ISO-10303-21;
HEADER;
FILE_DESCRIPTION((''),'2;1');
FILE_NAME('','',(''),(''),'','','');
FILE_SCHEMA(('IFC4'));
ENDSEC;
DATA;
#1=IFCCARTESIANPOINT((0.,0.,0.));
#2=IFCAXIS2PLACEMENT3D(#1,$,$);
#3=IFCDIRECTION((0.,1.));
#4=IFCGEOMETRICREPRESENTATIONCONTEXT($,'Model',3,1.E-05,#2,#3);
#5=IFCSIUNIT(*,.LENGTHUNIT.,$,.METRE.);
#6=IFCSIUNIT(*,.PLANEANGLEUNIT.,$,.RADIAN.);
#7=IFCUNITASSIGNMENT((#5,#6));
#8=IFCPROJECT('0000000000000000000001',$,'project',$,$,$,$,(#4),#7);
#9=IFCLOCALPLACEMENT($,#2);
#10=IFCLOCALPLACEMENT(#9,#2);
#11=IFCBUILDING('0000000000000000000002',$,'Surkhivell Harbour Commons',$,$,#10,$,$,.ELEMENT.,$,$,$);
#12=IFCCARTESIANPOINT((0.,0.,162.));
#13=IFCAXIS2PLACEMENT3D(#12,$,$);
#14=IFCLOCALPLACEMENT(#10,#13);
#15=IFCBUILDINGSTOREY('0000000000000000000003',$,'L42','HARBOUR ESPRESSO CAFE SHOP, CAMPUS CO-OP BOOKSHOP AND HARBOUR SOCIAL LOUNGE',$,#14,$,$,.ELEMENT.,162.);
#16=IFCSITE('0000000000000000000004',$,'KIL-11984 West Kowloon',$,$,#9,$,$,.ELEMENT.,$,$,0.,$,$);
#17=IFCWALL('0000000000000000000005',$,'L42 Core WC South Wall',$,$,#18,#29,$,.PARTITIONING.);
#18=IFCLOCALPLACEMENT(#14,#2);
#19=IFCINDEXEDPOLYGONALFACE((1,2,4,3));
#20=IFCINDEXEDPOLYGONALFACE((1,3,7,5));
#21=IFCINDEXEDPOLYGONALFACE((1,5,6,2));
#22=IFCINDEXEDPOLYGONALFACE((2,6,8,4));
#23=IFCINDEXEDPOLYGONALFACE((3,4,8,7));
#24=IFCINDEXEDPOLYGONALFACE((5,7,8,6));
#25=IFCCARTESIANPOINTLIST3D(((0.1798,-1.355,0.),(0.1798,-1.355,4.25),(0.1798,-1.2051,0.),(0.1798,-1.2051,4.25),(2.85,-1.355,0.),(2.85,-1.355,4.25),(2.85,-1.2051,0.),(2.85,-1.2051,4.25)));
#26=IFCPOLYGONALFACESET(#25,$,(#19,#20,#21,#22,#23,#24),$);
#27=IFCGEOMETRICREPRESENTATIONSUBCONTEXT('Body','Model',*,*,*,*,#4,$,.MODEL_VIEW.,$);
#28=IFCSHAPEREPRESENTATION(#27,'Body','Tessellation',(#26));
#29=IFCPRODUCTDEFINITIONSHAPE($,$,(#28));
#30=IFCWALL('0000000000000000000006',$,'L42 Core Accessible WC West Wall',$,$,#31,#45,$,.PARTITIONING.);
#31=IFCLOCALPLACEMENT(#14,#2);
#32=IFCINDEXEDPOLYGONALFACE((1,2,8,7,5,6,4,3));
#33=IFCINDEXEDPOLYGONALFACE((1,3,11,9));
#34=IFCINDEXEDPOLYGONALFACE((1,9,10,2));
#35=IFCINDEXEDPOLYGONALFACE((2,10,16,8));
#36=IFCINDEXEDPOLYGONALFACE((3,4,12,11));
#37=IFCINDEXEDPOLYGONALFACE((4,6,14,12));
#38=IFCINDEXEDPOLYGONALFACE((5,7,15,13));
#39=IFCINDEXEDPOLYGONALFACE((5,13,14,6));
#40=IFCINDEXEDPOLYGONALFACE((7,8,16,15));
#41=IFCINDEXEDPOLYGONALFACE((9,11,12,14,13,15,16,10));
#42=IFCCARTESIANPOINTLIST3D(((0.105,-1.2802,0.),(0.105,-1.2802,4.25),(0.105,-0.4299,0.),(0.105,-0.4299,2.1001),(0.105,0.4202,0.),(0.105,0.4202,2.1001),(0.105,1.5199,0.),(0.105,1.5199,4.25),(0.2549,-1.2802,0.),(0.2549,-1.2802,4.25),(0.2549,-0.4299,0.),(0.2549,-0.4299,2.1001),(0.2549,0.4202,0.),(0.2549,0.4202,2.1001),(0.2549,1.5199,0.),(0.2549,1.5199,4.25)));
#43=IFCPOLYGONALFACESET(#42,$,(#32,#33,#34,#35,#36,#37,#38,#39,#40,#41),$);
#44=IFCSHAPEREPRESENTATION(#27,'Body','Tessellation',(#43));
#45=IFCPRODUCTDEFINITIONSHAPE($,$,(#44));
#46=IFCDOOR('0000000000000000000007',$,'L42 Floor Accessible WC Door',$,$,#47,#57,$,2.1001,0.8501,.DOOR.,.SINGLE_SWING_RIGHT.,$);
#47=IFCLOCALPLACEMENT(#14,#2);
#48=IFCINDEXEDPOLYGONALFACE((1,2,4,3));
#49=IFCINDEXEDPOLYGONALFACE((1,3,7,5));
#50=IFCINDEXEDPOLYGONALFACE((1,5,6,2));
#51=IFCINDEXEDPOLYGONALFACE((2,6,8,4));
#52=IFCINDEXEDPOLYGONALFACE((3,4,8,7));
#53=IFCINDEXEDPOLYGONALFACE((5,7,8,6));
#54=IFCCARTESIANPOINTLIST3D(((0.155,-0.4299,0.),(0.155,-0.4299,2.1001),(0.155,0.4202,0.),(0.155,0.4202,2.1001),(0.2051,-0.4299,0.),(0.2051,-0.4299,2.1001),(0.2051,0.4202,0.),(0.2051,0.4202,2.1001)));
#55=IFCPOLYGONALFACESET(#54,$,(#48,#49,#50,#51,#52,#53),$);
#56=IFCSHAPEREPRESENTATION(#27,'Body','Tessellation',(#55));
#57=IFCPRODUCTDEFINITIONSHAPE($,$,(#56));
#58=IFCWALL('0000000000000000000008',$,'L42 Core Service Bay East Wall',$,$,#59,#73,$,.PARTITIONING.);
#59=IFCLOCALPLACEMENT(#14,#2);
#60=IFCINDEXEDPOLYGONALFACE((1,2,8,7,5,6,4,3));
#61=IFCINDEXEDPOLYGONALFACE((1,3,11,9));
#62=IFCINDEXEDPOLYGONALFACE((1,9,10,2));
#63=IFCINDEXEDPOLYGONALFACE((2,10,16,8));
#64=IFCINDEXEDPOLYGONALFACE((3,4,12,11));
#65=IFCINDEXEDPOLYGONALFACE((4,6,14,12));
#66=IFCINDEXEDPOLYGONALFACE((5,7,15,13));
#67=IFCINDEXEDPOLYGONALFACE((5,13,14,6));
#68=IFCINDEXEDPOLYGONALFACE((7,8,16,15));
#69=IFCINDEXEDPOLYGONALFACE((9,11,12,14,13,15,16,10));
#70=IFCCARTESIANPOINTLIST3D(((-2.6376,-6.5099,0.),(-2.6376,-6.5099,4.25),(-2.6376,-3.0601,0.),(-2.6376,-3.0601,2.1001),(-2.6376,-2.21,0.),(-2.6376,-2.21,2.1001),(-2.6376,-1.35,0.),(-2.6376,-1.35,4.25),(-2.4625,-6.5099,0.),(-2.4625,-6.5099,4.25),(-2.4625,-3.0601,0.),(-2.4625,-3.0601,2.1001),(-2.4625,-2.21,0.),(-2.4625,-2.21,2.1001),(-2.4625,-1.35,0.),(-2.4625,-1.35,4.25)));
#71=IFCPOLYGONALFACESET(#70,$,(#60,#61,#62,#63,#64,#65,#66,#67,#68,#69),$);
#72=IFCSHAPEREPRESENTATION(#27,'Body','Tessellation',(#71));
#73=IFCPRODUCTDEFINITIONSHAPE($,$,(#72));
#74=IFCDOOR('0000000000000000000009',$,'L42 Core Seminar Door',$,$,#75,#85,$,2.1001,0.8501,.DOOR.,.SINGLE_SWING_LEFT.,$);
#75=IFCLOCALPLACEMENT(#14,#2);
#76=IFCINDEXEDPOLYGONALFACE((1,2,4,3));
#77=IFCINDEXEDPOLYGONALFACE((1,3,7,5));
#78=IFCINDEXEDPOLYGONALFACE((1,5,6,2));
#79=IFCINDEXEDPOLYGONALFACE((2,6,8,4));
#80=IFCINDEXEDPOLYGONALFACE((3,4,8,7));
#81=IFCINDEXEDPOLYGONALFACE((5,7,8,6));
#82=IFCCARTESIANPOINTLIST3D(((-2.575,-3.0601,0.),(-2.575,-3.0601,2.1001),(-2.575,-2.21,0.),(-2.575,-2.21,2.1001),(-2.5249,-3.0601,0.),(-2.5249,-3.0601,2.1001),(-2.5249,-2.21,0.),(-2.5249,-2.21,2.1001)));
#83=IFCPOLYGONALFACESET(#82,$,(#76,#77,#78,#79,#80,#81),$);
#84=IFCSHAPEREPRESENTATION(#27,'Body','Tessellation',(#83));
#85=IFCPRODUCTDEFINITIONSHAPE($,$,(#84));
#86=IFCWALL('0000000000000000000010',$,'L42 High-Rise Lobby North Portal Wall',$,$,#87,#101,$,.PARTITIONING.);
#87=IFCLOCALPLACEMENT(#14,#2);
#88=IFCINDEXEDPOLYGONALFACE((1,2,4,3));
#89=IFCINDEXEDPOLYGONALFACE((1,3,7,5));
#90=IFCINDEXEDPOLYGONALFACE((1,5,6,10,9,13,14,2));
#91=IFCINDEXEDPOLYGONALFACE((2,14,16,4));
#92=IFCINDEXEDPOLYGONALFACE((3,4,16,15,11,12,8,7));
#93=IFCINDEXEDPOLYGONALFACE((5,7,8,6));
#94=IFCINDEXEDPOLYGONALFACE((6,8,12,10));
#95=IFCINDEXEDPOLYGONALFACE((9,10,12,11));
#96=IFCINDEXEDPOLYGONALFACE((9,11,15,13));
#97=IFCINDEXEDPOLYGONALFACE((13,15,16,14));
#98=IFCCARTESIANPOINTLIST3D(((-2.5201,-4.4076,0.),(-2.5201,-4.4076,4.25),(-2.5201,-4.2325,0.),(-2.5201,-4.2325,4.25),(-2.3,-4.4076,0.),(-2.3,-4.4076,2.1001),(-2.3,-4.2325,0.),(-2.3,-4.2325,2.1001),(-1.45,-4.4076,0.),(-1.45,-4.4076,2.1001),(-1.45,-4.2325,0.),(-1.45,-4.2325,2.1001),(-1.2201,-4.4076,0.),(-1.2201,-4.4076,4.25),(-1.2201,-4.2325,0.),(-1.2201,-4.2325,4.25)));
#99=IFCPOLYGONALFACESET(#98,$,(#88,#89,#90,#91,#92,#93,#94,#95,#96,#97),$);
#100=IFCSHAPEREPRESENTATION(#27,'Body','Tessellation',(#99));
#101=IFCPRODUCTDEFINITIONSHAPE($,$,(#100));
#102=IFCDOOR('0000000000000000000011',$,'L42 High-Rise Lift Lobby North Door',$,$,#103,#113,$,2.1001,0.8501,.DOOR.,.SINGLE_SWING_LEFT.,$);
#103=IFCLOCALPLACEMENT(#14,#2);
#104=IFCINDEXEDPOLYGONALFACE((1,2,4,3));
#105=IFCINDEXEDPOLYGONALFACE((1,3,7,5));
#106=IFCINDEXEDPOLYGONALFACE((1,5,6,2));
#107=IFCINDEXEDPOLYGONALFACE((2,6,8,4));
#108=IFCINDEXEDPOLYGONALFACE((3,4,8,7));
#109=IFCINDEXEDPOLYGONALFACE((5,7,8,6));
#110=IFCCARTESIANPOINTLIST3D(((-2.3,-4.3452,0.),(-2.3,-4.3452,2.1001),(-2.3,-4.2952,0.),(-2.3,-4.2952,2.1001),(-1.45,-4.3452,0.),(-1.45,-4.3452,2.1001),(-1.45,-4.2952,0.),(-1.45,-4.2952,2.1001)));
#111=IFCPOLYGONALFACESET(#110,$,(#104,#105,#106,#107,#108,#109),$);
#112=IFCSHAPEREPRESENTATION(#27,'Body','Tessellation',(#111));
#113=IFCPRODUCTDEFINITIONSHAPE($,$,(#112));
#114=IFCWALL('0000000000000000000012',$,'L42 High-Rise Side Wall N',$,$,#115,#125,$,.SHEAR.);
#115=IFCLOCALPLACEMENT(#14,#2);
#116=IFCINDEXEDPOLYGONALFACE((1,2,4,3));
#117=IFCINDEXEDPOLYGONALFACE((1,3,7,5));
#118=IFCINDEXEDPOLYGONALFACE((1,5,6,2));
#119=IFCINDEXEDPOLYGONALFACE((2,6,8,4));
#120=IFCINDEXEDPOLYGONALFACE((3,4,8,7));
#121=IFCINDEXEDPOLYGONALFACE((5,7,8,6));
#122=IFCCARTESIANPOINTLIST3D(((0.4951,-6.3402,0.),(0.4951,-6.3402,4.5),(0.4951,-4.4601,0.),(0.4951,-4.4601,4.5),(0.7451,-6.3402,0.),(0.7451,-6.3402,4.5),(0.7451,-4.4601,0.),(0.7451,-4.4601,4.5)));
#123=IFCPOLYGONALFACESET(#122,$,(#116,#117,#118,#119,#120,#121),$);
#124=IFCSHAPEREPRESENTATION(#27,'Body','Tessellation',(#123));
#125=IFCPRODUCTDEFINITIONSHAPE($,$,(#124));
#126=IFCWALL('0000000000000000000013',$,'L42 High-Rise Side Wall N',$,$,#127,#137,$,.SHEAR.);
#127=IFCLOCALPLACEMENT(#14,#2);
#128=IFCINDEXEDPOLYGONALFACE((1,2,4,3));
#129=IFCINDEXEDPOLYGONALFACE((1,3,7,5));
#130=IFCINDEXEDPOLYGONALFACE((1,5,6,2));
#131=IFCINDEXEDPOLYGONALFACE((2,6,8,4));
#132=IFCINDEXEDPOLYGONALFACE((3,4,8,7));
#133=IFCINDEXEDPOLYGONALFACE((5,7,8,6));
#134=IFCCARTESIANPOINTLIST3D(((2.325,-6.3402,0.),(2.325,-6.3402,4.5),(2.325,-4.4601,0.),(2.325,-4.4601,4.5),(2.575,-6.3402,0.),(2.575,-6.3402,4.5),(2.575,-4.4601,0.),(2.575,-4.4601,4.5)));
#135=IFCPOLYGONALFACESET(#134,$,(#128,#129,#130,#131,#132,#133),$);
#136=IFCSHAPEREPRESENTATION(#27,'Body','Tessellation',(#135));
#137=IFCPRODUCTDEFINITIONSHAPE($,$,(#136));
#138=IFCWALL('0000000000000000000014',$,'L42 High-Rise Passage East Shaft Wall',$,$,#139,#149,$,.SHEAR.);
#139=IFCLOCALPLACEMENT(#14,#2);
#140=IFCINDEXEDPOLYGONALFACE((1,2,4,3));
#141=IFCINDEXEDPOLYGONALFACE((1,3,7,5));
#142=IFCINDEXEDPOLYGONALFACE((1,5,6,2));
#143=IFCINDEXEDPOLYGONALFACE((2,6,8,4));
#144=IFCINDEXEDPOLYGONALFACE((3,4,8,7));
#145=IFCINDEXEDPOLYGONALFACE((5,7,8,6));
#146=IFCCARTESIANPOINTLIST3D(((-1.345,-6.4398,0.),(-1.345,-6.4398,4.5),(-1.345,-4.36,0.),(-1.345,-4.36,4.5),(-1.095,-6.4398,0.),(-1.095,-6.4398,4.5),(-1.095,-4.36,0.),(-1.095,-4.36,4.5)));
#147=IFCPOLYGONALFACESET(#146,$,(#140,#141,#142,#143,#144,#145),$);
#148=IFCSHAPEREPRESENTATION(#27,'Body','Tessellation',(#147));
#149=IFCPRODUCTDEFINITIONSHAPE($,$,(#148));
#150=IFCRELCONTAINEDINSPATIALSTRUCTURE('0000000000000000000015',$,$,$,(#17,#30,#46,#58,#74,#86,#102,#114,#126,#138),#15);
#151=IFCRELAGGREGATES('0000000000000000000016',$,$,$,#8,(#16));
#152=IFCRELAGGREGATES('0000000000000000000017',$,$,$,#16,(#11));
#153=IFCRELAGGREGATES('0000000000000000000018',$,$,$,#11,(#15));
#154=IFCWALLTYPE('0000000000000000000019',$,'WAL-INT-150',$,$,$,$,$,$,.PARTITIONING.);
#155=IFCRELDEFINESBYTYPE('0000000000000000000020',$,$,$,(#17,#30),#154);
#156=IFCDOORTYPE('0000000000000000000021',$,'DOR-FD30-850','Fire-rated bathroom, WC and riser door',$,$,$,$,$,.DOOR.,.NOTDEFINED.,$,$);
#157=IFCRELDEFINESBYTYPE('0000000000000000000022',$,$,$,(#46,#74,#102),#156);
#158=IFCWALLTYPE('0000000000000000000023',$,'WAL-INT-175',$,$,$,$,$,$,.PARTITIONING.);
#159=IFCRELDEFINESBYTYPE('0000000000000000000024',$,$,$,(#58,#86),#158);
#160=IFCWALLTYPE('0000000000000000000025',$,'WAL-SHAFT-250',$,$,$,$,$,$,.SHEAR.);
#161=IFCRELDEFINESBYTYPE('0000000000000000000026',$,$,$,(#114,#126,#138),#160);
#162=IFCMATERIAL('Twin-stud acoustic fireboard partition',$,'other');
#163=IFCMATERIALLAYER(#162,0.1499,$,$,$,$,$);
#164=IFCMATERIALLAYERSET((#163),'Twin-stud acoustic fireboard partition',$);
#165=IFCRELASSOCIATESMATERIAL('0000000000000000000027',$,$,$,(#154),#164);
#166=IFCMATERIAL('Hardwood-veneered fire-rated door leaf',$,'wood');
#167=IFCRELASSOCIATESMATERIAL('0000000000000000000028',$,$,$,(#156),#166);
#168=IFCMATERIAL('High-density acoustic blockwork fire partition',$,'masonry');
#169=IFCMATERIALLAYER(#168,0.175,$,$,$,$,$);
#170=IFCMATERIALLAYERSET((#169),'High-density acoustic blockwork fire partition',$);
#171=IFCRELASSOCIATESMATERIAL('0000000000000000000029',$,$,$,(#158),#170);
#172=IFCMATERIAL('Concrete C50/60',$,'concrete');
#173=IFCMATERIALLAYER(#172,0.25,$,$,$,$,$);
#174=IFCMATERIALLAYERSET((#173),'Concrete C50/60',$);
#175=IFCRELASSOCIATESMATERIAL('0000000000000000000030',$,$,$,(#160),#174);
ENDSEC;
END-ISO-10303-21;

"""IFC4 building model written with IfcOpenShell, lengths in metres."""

from ifc_helpers import new_model, si_unit, direction, frame, frame_2d, origin, place, context, subcontext, project, spatial, rectangle, extrude, material, layer, layer_set, type_object, element, fill, save


model = new_model("IFC4")

# Units and contexts
model_context = context("Model", 3, precision=1e-05, world=origin(), true_north=direction((0.0, 1.0)))
body_context = subcontext(model_context, "Body", "Model", "MODEL_VIEW")
ifc_project = project(units=[si_unit("LENGTHUNIT", "METRE"), si_unit("PLANEANGLEUNIT", "RADIAN")], contexts=[model_context])

# Site, building, storey
site_placement = place(None, origin())
site = spatial("IfcSite", under=ifc_project, at=site_placement, Name="KIL-11984 West Kowloon", CompositionType="ELEMENT", RefElevation=0.0)
building_placement = place(site_placement, origin())
building = spatial("IfcBuilding", under=site, at=building_placement, Name="Surkhivell Harbour Commons", CompositionType="ELEMENT")
storey_placement = place(building_placement, frame((0.0, 0.0, 162.0)))
storey = spatial("IfcBuildingStorey", under=building, at=storey_placement, Name="L42", Description="HARBOUR ESPRESSO CAFE SHOP, CAMPUS CO-OP BOOKSHOP AND HARBOUR SOCIAL LOUNGE", CompositionType="ELEMENT", Elevation=162.0)

# Shared definitions
ifc_material_1 = material(Name="Concrete C50/60", Category="concrete")

# Wall
ifc_material_2 = material(Name="Twin-stud acoustic fireboard partition", Category="other")
ifc_layer_1 = layer(ifc_material_2, 0.1499)
ifc_layer_set_1 = layer_set([ifc_layer_1], Name="Twin-stud acoustic fireboard partition")
wall_type_1 = type_object("IfcWallType", Name="WAL-INT-150", PredefinedType="PARTITIONING", material=ifc_layer_set_1)
wall_1_placement = place(storey_placement, frame((0.1799, -1.28, 0.0), z_axis=(0.0, 0.0, 1.0), x_axis=(1.0, 0.0, 0.0)))
element("IfcWall", 1, at=wall_1_placement, inside=storey, type_object=wall_type_1, Name="L42 Core WC South Wall", PredefinedType="PARTITIONING", context=body_context, shape_type="SweptSolid", body=[
    extrude(rectangle(XDim=2.6702, YDim=0.1499, at=frame_2d((1.335, 0.0))), origin(), (0.0, 0.0, 1.0), 4.25),
])

# Walls, openings, doors
wall_2_placement = place(storey_placement, frame((0.1799, -1.28, 0.0), z_axis=(0.0, 0.0, 1.0), x_axis=(0.0, 1.0, 0.0)))
wall_2 = element("IfcWall", 2, at=wall_2_placement, inside=storey, type_object=wall_type_1, Name="L42 Core Accessible WC West Wall", PredefinedType="PARTITIONING", context=body_context, shape_type="SweptSolid", body=[
    extrude(rectangle(XDim=2.8, YDim=0.1499, at=frame_2d((1.3999, 0.0))), origin(), (0.0, 0.0, 1.0), 4.25),
])
opening_1_placement = place(wall_2_placement, frame((0.8501, 0.0, 0.0)))
opening_1 = element("IfcOpeningElement", 3, at=opening_1_placement, cuts=wall_2, PredefinedType="OPENING", context=body_context, shape_type="SweptSolid", body=[
    extrude(rectangle(XDim=0.8501, YDim=2.1001, at=frame_2d((0.425, 1.05))), frame((0.0, 0.085, 0.0), z_axis=(0.0, -1.0, 0.0), x_axis=(1.0, 0.0, 0.0)), (0.0, 0.0, 1.0), 0.1699),
])
ifc_material_3 = material(Name="Hardwood-veneered fire-rated door leaf", Category="wood")
door_type_1 = type_object("IfcDoorType", Name="DOR-FD30-850", Description="Fire-rated bathroom, WC and riser door", OperationType="NOTDEFINED", PredefinedType="DOOR", material=ifc_material_3)
door_1_placement = place(opening_1_placement, origin())
door_1 = element("IfcDoor", 4, at=door_1_placement, inside=storey, type_object=door_type_1, Name="L42 Floor Accessible WC Door", OperationType="SINGLE_SWING_RIGHT", OverallHeight=2.1001, OverallWidth=0.8501, PredefinedType="DOOR", context=body_context, shape_type="SweptSolid", body=[
    extrude(rectangle(XDim=0.8501, YDim=2.1001, at=frame_2d((0.425, 1.05))), frame((0.0, 0.0249, 0.0), z_axis=(0.0, -1.0, 0.0), x_axis=(1.0, 0.0, 0.0)), (0.0, 0.0, 1.0), 0.05),
])
fill(opening_1, door_1)
ifc_material_4 = material(Name="High-density acoustic blockwork fire partition", Category="masonry")
ifc_layer_2 = layer(ifc_material_4, 0.175)
ifc_layer_set_2 = layer_set([ifc_layer_2], Name="High-density acoustic blockwork fire partition")
wall_type_2 = type_object("IfcWallType", Name="WAL-INT-175", PredefinedType="PARTITIONING", material=ifc_layer_set_2)
wall_3_placement = place(storey_placement, frame((-2.55, -6.51, 0.0), z_axis=(0.0, 0.0, 1.0), x_axis=(0.0, 1.0, 0.0)))
wall_3 = element("IfcWall", 5, at=wall_3_placement, inside=storey, type_object=wall_type_2, Name="L42 Core Service Bay East Wall", PredefinedType="PARTITIONING", context=body_context, shape_type="SweptSolid", body=[
    extrude(rectangle(XDim=5.1599, YDim=0.175, at=frame_2d((2.5801, 0.0))), origin(), (0.0, 0.0, 1.0), 4.25),
])
opening_2_placement = place(wall_3_placement, frame((3.45, 0.0, 0.0)))
opening_2 = element("IfcOpeningElement", 6, at=opening_2_placement, cuts=wall_3, PredefinedType="OPENING", context=body_context, shape_type="SweptSolid", body=[
    extrude(rectangle(XDim=0.8501, YDim=2.1001, at=frame_2d((0.425, 1.05))), frame((0.0, 0.0974, 0.0), z_axis=(0.0, -1.0, 0.0), x_axis=(1.0, 0.0, 0.0)), (0.0, 0.0, 1.0), 0.1951),
])
door_2_placement = place(opening_2_placement, origin())
door_2 = element("IfcDoor", 7, at=door_2_placement, inside=storey, type_object=door_type_1, Name="L42 Core Seminar Door", OperationType="SINGLE_SWING_LEFT", OverallHeight=2.1001, OverallWidth=0.8501, PredefinedType="DOOR", context=body_context, shape_type="SweptSolid", body=[
    extrude(rectangle(XDim=0.8501, YDim=2.1001, at=frame_2d((0.425, 1.05))), frame((0.0, 0.0249, 0.0), z_axis=(0.0, -1.0, 0.0), x_axis=(1.0, 0.0, 0.0)), (0.0, 0.0, 1.0), 0.05),
])
fill(opening_2, door_2)
wall_4_placement = place(storey_placement, frame((-2.52, -4.3201, 0.0), z_axis=(0.0, 0.0, 1.0), x_axis=(1.0, 0.0, 0.0)))
wall_4 = element("IfcWall", 8, at=wall_4_placement, inside=storey, type_object=wall_type_2, Name="L42 High-Rise Lobby North Portal Wall", PredefinedType="PARTITIONING", context=body_context, shape_type="SweptSolid", body=[
    extrude(rectangle(XDim=1.3, YDim=0.175, at=frame_2d((0.6499, 0.0))), origin(), (0.0, 0.0, 1.0), 4.25),
])
opening_3_placement = place(wall_4_placement, frame((0.22, 0.0, 0.0)))
opening_3 = element("IfcOpeningElement", 9, at=opening_3_placement, cuts=wall_4, PredefinedType="OPENING", context=body_context, shape_type="SweptSolid", body=[
    extrude(rectangle(XDim=0.8501, YDim=2.1001, at=frame_2d((0.425, 1.05))), frame((0.0, 0.0974, 0.0), z_axis=(0.0, -1.0, 0.0), x_axis=(1.0, 0.0, 0.0)), (0.0, 0.0, 1.0), 0.1951),
])
door_3_placement = place(opening_3_placement, origin())
door_3 = element("IfcDoor", 10, at=door_3_placement, inside=storey, type_object=door_type_1, Name="L42 High-Rise Lift Lobby North Door", OperationType="SINGLE_SWING_LEFT", OverallHeight=2.1001, OverallWidth=0.8501, PredefinedType="DOOR", context=body_context, shape_type="SweptSolid", body=[
    extrude(rectangle(XDim=0.8501, YDim=2.1001, at=frame_2d((0.425, 1.05))), frame((0.0, 0.0249, 0.0), z_axis=(0.0, -1.0, 0.0), x_axis=(1.0, 0.0, 0.0)), (0.0, 0.0, 1.0), 0.05),
])
fill(opening_3, door_3)

# Walls
ifc_layer_3 = layer(ifc_material_1, 0.25)
ifc_layer_set_3 = layer_set([ifc_layer_3], Name="Concrete C50/60")
wall_type_3 = type_object("IfcWallType", Name="WAL-SHAFT-250", PredefinedType="SHEAR", material=ifc_layer_set_3)
for number, where, z_axis, x_axis, name in (
    (11, (0.6201, -6.3401, 0.0), (0.0, 0.0, 1.0), (0.0, 1.0, 0.0), "L42 High-Rise Side Wall N"),
    (12, (2.45, -6.3401, 0.0), (0.0, 0.0, 1.0), (0.0, 1.0, 0.0), "L42 High-Rise Side Wall N"),
):
    element("IfcWall", number, at=place(storey_placement, frame(where, z_axis=z_axis, x_axis=x_axis)), inside=storey, type_object=wall_type_3, Name=name, PredefinedType="SHEAR", context=body_context, shape_type="SweptSolid", body=[
        extrude(rectangle(XDim=1.8801, YDim=0.25, at=frame_2d((0.9399, 0.0))), origin(), (0.0, 0.0, 1.0), 4.5),
    ])
wall_5_placement = place(storey_placement, frame((-1.22, -6.4399, 0.0), z_axis=(0.0, 0.0, 1.0), x_axis=(0.0, 1.0, 0.0)))
element("IfcWall", 13, at=wall_5_placement, inside=storey, type_object=wall_type_3, Name="L42 High-Rise Passage East Shaft Wall", PredefinedType="SHEAR", context=body_context, shape_type="SweptSolid", body=[
    extrude(rectangle(XDim=2.0798, YDim=0.25, at=frame_2d((1.04, 0.0))), origin(), (0.0, 0.0, 1.0), 4.5),
])

save(model, "model.ifc")
